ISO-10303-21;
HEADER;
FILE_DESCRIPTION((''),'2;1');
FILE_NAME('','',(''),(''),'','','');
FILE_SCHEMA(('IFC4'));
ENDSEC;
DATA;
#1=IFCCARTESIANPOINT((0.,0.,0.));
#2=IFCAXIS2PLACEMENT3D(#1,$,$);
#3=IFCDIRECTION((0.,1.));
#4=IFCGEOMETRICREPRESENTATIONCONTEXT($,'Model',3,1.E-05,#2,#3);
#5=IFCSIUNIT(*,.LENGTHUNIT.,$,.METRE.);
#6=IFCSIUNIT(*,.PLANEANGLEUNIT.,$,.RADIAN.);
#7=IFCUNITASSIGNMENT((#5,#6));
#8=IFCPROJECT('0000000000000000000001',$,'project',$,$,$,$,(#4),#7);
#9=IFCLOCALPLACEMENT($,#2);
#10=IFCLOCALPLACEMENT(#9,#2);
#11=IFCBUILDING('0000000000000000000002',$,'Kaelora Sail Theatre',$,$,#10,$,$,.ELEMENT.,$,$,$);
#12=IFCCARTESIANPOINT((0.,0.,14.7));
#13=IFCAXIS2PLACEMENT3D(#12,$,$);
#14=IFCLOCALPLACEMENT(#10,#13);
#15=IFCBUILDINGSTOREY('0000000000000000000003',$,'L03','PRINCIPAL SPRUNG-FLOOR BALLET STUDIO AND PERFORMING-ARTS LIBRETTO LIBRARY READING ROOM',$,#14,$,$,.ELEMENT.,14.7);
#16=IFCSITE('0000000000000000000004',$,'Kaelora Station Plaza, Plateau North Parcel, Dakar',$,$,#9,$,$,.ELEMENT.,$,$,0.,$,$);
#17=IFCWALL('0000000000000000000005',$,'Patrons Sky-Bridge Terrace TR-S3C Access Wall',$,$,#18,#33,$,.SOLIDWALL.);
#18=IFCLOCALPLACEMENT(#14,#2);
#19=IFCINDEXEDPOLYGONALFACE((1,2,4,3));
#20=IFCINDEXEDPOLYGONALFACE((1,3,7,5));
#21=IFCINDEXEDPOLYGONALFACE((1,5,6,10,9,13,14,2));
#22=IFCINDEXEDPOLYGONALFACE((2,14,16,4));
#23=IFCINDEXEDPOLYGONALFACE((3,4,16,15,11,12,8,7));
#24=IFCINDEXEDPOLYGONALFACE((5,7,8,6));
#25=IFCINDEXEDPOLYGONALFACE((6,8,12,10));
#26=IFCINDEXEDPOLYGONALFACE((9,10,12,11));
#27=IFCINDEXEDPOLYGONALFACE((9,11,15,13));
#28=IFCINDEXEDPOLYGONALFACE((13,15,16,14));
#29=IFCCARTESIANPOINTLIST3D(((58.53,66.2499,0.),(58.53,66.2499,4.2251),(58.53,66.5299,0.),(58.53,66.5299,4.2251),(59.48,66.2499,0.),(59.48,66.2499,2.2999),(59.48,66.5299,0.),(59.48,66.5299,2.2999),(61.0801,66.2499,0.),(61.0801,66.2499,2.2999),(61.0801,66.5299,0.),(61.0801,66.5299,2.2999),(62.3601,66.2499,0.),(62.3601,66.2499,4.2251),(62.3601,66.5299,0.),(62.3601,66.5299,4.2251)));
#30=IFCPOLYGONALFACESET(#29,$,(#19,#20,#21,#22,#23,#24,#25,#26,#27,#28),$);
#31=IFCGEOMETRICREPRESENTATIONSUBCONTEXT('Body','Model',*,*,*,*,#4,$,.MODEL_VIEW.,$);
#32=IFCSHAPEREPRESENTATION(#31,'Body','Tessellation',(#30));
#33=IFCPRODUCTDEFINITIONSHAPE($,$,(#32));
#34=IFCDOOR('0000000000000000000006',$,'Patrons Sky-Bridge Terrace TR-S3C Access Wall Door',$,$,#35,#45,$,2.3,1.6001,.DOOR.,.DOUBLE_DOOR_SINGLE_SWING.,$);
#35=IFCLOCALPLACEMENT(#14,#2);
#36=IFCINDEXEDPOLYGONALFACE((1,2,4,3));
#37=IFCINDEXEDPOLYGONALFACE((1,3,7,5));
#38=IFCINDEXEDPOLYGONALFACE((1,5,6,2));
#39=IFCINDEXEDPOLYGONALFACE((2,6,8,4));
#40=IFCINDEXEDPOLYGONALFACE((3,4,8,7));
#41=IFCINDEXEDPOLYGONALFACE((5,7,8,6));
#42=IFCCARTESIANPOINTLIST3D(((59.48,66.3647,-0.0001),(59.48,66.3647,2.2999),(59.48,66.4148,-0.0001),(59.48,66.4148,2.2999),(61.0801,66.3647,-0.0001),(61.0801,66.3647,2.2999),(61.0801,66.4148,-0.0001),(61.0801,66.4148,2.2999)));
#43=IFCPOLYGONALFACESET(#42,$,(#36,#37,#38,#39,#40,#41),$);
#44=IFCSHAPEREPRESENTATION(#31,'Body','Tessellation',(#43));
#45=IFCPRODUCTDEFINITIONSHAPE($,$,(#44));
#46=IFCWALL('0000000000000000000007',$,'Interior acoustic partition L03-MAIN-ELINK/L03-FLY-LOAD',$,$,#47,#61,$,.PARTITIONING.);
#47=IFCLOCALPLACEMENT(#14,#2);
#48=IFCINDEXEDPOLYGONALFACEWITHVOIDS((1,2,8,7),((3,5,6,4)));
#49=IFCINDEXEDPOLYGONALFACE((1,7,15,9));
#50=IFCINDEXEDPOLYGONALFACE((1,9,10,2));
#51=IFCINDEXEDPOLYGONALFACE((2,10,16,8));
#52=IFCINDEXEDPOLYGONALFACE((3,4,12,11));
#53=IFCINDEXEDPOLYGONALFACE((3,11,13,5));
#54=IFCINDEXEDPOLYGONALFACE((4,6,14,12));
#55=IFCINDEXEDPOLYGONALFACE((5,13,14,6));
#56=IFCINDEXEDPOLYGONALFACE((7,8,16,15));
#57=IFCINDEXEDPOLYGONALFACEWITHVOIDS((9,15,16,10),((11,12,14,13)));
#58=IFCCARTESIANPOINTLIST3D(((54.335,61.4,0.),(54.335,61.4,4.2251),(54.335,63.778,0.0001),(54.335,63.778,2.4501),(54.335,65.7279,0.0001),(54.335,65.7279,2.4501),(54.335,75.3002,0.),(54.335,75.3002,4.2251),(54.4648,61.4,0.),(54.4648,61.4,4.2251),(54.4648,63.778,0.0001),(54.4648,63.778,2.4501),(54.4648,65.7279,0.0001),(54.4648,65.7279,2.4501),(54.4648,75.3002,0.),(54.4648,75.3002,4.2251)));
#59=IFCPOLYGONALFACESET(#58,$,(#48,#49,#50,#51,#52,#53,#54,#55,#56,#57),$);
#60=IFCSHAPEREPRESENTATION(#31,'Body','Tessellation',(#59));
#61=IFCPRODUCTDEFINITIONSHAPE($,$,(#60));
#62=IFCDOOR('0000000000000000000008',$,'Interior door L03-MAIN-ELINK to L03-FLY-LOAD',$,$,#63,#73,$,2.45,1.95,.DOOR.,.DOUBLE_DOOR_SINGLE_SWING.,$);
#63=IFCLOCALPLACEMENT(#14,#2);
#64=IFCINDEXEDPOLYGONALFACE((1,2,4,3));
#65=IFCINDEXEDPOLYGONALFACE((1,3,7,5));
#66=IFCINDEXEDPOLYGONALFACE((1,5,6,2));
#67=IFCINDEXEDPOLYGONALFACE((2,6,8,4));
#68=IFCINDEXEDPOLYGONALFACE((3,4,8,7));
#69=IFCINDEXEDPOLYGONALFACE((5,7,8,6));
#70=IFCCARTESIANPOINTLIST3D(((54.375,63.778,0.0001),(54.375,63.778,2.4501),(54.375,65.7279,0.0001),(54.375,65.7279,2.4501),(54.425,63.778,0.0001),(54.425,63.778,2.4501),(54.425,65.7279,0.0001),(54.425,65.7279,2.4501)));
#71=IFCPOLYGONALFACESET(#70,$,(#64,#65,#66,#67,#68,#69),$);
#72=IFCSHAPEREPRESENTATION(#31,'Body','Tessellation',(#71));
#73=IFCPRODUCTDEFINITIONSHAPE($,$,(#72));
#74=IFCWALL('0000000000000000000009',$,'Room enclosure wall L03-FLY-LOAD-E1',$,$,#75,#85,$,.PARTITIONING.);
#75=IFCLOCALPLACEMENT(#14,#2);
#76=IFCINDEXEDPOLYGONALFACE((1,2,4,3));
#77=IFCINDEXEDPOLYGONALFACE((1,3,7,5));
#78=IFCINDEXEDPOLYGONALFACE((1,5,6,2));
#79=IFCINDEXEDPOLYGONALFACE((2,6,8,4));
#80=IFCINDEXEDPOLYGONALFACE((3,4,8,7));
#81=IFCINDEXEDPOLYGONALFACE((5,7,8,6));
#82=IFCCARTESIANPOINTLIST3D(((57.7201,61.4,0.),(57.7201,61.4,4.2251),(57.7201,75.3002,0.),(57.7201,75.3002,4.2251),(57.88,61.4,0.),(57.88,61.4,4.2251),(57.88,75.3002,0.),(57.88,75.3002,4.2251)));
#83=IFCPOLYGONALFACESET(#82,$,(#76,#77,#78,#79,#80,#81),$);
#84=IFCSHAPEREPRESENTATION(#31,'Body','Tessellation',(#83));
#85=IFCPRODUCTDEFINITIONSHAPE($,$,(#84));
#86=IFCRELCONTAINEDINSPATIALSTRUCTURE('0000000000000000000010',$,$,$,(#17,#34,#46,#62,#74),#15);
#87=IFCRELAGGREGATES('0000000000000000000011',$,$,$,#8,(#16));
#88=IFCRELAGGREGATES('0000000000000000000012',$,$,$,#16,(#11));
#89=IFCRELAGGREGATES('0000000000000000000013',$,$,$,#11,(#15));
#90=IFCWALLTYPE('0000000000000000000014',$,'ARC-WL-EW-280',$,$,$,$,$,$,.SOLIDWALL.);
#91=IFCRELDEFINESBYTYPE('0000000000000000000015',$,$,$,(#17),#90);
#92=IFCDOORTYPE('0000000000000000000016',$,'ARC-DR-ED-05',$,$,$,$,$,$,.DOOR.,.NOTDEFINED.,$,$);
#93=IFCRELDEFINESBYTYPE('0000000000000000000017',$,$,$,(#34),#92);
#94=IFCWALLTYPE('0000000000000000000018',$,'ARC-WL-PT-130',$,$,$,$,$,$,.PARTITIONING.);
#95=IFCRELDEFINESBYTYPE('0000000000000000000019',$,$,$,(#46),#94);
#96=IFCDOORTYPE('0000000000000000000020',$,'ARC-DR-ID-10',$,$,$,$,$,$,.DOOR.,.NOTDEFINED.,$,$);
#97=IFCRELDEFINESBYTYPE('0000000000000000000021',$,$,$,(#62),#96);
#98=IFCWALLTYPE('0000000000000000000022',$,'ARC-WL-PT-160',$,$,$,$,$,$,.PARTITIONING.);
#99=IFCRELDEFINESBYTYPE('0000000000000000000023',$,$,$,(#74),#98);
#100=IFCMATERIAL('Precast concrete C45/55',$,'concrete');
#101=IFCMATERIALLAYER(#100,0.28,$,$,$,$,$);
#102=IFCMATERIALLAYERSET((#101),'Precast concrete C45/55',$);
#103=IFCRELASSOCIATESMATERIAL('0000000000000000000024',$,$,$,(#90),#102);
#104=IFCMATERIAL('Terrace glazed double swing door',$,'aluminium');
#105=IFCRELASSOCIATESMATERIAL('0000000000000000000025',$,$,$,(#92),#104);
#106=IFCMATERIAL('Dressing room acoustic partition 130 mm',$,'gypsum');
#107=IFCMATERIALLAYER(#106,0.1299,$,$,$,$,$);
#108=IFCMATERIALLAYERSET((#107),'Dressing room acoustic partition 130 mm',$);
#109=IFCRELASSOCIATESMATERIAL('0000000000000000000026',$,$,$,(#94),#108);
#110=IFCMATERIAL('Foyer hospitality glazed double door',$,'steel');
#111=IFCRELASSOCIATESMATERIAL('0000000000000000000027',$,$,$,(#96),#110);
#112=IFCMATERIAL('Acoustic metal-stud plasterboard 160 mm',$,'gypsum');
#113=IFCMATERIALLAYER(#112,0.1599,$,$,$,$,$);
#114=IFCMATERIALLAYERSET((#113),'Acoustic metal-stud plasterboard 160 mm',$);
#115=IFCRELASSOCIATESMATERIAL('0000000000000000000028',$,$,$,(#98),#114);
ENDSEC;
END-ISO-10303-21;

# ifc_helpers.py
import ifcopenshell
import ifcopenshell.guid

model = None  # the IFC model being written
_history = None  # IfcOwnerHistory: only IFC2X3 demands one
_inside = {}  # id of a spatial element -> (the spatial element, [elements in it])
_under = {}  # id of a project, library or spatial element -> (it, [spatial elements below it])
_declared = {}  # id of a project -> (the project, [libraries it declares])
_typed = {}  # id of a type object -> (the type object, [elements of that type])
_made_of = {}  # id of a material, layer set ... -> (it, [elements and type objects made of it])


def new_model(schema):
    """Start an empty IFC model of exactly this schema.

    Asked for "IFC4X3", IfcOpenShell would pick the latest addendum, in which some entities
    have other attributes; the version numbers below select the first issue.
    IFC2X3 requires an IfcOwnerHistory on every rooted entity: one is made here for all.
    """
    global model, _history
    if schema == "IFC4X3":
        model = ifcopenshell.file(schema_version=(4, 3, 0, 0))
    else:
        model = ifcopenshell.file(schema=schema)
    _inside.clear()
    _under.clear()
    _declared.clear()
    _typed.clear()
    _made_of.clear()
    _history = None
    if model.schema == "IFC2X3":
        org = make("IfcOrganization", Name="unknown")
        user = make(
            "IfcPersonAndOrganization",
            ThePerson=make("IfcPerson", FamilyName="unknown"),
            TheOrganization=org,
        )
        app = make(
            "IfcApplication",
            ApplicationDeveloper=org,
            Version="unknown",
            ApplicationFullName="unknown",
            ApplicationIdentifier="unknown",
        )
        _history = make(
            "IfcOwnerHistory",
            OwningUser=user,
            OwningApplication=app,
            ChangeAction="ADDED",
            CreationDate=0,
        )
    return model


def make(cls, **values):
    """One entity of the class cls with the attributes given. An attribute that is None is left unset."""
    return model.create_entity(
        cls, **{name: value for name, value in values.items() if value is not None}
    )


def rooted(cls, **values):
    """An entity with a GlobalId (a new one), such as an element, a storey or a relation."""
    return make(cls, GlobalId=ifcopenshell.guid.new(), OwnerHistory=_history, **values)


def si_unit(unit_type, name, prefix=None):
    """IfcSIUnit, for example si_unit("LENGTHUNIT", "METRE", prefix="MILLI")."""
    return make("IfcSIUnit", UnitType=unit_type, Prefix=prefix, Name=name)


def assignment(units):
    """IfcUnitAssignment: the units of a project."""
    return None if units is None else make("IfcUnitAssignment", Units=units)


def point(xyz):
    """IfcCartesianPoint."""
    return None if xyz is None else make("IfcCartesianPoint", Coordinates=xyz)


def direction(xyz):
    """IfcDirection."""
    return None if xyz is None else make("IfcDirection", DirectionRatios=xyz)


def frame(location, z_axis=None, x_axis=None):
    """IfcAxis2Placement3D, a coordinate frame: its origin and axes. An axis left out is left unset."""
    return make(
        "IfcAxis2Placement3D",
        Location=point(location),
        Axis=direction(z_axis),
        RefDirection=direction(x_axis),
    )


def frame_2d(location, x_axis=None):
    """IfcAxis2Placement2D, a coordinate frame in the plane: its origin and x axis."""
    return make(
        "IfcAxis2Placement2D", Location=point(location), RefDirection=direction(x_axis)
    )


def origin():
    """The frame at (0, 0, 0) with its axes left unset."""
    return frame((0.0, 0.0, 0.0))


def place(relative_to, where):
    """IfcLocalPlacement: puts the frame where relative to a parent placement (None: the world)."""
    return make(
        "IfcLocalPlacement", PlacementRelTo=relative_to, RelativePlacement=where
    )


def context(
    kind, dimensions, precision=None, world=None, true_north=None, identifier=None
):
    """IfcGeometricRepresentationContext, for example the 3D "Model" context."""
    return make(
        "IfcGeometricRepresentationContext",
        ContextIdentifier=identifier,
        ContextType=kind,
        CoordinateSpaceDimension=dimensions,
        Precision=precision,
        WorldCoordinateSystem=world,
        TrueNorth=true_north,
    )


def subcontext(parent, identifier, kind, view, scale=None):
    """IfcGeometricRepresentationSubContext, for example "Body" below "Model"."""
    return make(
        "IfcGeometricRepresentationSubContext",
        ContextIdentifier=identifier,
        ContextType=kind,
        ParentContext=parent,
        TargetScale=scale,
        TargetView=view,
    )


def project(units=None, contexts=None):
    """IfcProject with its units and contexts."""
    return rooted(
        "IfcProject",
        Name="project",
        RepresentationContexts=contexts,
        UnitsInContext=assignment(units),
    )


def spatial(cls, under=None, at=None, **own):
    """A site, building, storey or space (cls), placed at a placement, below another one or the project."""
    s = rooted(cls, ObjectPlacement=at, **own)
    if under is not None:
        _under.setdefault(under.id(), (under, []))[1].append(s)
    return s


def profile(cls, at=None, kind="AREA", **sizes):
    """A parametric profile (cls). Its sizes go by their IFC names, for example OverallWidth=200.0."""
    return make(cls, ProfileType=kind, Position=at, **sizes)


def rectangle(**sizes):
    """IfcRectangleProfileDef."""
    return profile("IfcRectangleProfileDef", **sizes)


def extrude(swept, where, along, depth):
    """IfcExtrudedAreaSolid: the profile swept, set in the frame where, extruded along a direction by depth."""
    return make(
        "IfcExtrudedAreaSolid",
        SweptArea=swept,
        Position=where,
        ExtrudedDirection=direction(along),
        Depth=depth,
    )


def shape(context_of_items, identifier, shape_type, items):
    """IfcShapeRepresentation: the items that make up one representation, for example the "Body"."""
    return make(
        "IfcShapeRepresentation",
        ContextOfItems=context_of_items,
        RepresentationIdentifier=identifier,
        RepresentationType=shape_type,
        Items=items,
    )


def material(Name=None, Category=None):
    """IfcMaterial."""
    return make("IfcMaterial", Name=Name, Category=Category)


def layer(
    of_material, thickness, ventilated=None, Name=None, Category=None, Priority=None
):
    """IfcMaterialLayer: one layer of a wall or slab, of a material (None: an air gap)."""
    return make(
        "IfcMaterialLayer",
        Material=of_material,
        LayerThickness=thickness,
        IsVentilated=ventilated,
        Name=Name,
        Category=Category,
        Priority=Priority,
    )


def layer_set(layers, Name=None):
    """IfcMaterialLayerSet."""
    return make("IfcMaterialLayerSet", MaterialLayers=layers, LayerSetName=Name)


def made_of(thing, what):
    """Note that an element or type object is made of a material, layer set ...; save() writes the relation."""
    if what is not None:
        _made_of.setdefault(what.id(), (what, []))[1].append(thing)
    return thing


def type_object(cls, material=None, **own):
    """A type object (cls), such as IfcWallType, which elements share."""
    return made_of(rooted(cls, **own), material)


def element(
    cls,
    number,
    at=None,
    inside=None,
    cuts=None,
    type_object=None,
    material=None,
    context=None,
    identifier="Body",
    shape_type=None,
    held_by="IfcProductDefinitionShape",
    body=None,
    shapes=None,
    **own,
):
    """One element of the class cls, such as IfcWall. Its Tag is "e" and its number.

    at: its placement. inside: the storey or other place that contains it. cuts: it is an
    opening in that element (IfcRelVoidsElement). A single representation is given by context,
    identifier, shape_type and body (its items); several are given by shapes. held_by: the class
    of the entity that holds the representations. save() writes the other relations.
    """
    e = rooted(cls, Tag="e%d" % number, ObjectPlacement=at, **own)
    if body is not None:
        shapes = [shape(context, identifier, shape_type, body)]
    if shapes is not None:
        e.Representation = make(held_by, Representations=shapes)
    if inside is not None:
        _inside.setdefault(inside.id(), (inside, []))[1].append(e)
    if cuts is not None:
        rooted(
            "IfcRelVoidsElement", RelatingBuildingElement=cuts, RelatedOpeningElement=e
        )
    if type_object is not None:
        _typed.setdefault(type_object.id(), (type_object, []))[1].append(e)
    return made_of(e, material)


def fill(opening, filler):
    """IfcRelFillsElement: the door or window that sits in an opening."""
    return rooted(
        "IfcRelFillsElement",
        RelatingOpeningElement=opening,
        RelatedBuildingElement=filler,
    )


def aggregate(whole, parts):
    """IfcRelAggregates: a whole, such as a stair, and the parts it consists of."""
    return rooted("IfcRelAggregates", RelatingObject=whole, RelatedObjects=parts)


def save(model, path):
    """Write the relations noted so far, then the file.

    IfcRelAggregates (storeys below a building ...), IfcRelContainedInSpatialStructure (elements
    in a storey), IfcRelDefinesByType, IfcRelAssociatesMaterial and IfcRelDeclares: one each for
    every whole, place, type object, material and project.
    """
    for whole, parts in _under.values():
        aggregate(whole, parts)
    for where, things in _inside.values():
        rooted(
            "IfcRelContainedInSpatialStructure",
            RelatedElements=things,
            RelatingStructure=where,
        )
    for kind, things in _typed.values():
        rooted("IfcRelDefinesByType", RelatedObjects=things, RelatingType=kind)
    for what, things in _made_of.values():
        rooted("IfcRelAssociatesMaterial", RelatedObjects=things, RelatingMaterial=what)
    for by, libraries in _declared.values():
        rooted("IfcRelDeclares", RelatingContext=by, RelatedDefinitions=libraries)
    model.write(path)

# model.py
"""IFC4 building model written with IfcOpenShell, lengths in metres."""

from ifc_helpers import new_model, si_unit, direction, frame, frame_2d, origin, place, context, subcontext, project, spatial, rectangle, extrude, material, layer, layer_set, type_object, element, fill, save


model = new_model("IFC4")

# Units and contexts
model_context = context("Model", 3, precision=1e-05, world=origin(), true_north=direction((0.0, 1.0)))
body_context = subcontext(model_context, "Body", "Model", "MODEL_VIEW")
ifc_project = project(units=[si_unit("LENGTHUNIT", "METRE"), si_unit("PLANEANGLEUNIT", "RADIAN")], contexts=[model_context])

# Site, building, storey
site_placement = place(None, origin())
site = spatial("IfcSite", under=ifc_project, at=site_placement, Name="Kaelora Station Plaza, Plateau North Parcel, Dakar", CompositionType="ELEMENT", RefElevation=0.0)
building_placement = place(site_placement, origin())
building = spatial("IfcBuilding", under=site, at=building_placement, Name="Kaelora Sail Theatre", CompositionType="ELEMENT")
storey_placement = place(building_placement, frame((0.0, 0.0, 14.7)))
storey = spatial("IfcBuildingStorey", under=building, at=storey_placement, Name="L03", Description="PRINCIPAL SPRUNG-FLOOR BALLET STUDIO AND PERFORMING-ARTS LIBRETTO LIBRARY READING ROOM", CompositionType="ELEMENT", Elevation=14.7)

# Walls, openings, doors
ifc_material_1 = material(Name="Precast concrete C45/55", Category="concrete")
ifc_layer_1 = layer(ifc_material_1, 0.28)
ifc_layer_set_1 = layer_set([ifc_layer_1], Name="Precast concrete C45/55")
wall_type_1 = type_object("IfcWallType", Name="ARC-WL-EW-280", PredefinedType="SOLIDWALL", material=ifc_layer_set_1)
wall_1_placement = place(storey_placement, frame((58.53, 66.3899, 0.0), z_axis=(0.0, 0.0, 1.0), x_axis=(1.0, 0.0, 0.0)))
wall_1 = element("IfcWall", 1, at=wall_1_placement, inside=storey, type_object=wall_type_1, Name="Patrons Sky-Bridge Terrace TR-S3C Access Wall", PredefinedType="SOLIDWALL", context=body_context, shape_type="SweptSolid", body=[
    extrude(rectangle(XDim=3.8301, YDim=0.28, at=frame_2d((1.915, 0.0))), origin(), (0.0, 0.0, 1.0), 4.2251),
])
opening_1_placement = place(wall_1_placement, frame((0.95, 0.0, 0.0)))
opening_1 = element("IfcOpeningElement", 2, at=opening_1_placement, cuts=wall_1, PredefinedType="OPENING", context=body_context, shape_type="SweptSolid", body=[
    extrude(rectangle(XDim=1.6001, YDim=2.3, at=frame_2d((0.8, 1.1499))), frame((0.0, 0.1501, 0.0), z_axis=(0.0, -1.0, 0.0), x_axis=(1.0, 0.0, 0.0)), (0.0, 0.0, 1.0), 0.3),
])
ifc_material_2 = material(Name="Terrace glazed double swing door", Category="aluminium")
door_type_1 = type_object("IfcDoorType", Name="ARC-DR-ED-05", OperationType="NOTDEFINED", PredefinedType="DOOR", material=ifc_material_2)
door_1_placement = place(opening_1_placement, origin())
door_1 = element("IfcDoor", 3, at=door_1_placement, inside=storey, type_object=door_type_1, Name="Patrons Sky-Bridge Terrace TR-S3C Access Wall Door", OperationType="DOUBLE_DOOR_SINGLE_SWING", OverallHeight=2.3, OverallWidth=1.6001, PredefinedType="DOOR", context=body_context, shape_type="SweptSolid", body=[
    extrude(rectangle(XDim=1.6001, YDim=2.3, at=frame_2d((0.8, 1.1499))), frame((0.0, 0.0249, 0.0), z_axis=(0.0, -1.0, 0.0), x_axis=(1.0, 0.0, 0.0)), (0.0, 0.0, 1.0), 0.05),
])
fill(opening_1, door_1)
ifc_material_3 = material(Name="Dressing room acoustic partition 130 mm", Category="gypsum")
ifc_layer_2 = layer(ifc_material_3, 0.1299)
ifc_layer_set_2 = layer_set([ifc_layer_2], Name="Dressing room acoustic partition 130 mm")
wall_type_2 = type_object("IfcWallType", Name="ARC-WL-PT-130", PredefinedType="PARTITIONING", material=ifc_layer_set_2)
wall_2_placement = place(storey_placement, frame((54.3999, 61.3999, 0.0), z_axis=(0.0, 0.0, 1.0), x_axis=(0.0, 1.0, 0.0)))
wall_2 = element("IfcWall", 4, at=wall_2_placement, inside=storey, type_object=wall_type_2, Name="Interior acoustic partition L03-MAIN-ELINK/L03-FLY-LOAD", PredefinedType="PARTITIONING", context=body_context, shape_type="SweptSolid", body=[
    extrude(rectangle(XDim=13.9001, YDim=0.1299, at=frame_2d((6.9502, 0.0))), origin(), (0.0, 0.0, 1.0), 4.2251),
])
opening_2_placement = place(wall_2_placement, frame((2.3779, 0.0, 0.0)))
opening_2 = element("IfcOpeningElement", 5, at=opening_2_placement, cuts=wall_2, PredefinedType="OPENING", context=body_context, shape_type="SweptSolid", body=[
    extrude(rectangle(XDim=1.95, YDim=2.45, at=frame_2d((0.9751, 1.2251))), frame((0.0, 0.0749, 0.0), z_axis=(0.0, -1.0, 0.0), x_axis=(1.0, 0.0, 0.0)), (0.0, 0.0, 1.0), 0.1499),
])
ifc_material_4 = material(Name="Foyer hospitality glazed double door", Category="steel")
door_type_2 = type_object("IfcDoorType", Name="ARC-DR-ID-10", OperationType="NOTDEFINED", PredefinedType="DOOR", material=ifc_material_4)
door_2_placement = place(opening_2_placement, origin())
door_2 = element("IfcDoor", 6, at=door_2_placement, inside=storey, type_object=door_type_2, Name="Interior door L03-MAIN-ELINK to L03-FLY-LOAD", OperationType="DOUBLE_DOOR_SINGLE_SWING", OverallHeight=2.45, OverallWidth=1.95, PredefinedType="DOOR", context=body_context, shape_type="SweptSolid", body=[
    extrude(rectangle(XDim=1.95, YDim=2.45, at=frame_2d((0.9751, 1.2251))), frame((0.0, 0.0249, 0.0), z_axis=(0.0, -1.0, 0.0), x_axis=(1.0, 0.0, 0.0)), (0.0, 0.0, 1.0), 0.05),
])
fill(opening_2, door_2)

# Wall
ifc_material_5 = material(Name="Acoustic metal-stud plasterboard 160 mm", Category="gypsum")
ifc_layer_3 = layer(ifc_material_5, 0.1599)
ifc_layer_set_3 = layer_set([ifc_layer_3], Name="Acoustic metal-stud plasterboard 160 mm")
wall_type_3 = type_object("IfcWallType", Name="ARC-WL-PT-160", PredefinedType="PARTITIONING", material=ifc_layer_set_3)
wall_3_placement = place(storey_placement, frame((57.8, 61.3999, 0.0), z_axis=(0.0, 0.0, 1.0), x_axis=(0.0, 1.0, 0.0)))
element("IfcWall", 7, at=wall_3_placement, inside=storey, type_object=wall_type_3, Name="Room enclosure wall L03-FLY-LOAD-E1", PredefinedType="PARTITIONING", context=body_context, shape_type="SweptSolid", body=[
    extrude(rectangle(XDim=13.9001, YDim=0.1599, at=frame_2d((6.9502, 0.0))), origin(), (0.0, 0.0, 1.0), 4.2251),
])

save(model, "model.ifc")
